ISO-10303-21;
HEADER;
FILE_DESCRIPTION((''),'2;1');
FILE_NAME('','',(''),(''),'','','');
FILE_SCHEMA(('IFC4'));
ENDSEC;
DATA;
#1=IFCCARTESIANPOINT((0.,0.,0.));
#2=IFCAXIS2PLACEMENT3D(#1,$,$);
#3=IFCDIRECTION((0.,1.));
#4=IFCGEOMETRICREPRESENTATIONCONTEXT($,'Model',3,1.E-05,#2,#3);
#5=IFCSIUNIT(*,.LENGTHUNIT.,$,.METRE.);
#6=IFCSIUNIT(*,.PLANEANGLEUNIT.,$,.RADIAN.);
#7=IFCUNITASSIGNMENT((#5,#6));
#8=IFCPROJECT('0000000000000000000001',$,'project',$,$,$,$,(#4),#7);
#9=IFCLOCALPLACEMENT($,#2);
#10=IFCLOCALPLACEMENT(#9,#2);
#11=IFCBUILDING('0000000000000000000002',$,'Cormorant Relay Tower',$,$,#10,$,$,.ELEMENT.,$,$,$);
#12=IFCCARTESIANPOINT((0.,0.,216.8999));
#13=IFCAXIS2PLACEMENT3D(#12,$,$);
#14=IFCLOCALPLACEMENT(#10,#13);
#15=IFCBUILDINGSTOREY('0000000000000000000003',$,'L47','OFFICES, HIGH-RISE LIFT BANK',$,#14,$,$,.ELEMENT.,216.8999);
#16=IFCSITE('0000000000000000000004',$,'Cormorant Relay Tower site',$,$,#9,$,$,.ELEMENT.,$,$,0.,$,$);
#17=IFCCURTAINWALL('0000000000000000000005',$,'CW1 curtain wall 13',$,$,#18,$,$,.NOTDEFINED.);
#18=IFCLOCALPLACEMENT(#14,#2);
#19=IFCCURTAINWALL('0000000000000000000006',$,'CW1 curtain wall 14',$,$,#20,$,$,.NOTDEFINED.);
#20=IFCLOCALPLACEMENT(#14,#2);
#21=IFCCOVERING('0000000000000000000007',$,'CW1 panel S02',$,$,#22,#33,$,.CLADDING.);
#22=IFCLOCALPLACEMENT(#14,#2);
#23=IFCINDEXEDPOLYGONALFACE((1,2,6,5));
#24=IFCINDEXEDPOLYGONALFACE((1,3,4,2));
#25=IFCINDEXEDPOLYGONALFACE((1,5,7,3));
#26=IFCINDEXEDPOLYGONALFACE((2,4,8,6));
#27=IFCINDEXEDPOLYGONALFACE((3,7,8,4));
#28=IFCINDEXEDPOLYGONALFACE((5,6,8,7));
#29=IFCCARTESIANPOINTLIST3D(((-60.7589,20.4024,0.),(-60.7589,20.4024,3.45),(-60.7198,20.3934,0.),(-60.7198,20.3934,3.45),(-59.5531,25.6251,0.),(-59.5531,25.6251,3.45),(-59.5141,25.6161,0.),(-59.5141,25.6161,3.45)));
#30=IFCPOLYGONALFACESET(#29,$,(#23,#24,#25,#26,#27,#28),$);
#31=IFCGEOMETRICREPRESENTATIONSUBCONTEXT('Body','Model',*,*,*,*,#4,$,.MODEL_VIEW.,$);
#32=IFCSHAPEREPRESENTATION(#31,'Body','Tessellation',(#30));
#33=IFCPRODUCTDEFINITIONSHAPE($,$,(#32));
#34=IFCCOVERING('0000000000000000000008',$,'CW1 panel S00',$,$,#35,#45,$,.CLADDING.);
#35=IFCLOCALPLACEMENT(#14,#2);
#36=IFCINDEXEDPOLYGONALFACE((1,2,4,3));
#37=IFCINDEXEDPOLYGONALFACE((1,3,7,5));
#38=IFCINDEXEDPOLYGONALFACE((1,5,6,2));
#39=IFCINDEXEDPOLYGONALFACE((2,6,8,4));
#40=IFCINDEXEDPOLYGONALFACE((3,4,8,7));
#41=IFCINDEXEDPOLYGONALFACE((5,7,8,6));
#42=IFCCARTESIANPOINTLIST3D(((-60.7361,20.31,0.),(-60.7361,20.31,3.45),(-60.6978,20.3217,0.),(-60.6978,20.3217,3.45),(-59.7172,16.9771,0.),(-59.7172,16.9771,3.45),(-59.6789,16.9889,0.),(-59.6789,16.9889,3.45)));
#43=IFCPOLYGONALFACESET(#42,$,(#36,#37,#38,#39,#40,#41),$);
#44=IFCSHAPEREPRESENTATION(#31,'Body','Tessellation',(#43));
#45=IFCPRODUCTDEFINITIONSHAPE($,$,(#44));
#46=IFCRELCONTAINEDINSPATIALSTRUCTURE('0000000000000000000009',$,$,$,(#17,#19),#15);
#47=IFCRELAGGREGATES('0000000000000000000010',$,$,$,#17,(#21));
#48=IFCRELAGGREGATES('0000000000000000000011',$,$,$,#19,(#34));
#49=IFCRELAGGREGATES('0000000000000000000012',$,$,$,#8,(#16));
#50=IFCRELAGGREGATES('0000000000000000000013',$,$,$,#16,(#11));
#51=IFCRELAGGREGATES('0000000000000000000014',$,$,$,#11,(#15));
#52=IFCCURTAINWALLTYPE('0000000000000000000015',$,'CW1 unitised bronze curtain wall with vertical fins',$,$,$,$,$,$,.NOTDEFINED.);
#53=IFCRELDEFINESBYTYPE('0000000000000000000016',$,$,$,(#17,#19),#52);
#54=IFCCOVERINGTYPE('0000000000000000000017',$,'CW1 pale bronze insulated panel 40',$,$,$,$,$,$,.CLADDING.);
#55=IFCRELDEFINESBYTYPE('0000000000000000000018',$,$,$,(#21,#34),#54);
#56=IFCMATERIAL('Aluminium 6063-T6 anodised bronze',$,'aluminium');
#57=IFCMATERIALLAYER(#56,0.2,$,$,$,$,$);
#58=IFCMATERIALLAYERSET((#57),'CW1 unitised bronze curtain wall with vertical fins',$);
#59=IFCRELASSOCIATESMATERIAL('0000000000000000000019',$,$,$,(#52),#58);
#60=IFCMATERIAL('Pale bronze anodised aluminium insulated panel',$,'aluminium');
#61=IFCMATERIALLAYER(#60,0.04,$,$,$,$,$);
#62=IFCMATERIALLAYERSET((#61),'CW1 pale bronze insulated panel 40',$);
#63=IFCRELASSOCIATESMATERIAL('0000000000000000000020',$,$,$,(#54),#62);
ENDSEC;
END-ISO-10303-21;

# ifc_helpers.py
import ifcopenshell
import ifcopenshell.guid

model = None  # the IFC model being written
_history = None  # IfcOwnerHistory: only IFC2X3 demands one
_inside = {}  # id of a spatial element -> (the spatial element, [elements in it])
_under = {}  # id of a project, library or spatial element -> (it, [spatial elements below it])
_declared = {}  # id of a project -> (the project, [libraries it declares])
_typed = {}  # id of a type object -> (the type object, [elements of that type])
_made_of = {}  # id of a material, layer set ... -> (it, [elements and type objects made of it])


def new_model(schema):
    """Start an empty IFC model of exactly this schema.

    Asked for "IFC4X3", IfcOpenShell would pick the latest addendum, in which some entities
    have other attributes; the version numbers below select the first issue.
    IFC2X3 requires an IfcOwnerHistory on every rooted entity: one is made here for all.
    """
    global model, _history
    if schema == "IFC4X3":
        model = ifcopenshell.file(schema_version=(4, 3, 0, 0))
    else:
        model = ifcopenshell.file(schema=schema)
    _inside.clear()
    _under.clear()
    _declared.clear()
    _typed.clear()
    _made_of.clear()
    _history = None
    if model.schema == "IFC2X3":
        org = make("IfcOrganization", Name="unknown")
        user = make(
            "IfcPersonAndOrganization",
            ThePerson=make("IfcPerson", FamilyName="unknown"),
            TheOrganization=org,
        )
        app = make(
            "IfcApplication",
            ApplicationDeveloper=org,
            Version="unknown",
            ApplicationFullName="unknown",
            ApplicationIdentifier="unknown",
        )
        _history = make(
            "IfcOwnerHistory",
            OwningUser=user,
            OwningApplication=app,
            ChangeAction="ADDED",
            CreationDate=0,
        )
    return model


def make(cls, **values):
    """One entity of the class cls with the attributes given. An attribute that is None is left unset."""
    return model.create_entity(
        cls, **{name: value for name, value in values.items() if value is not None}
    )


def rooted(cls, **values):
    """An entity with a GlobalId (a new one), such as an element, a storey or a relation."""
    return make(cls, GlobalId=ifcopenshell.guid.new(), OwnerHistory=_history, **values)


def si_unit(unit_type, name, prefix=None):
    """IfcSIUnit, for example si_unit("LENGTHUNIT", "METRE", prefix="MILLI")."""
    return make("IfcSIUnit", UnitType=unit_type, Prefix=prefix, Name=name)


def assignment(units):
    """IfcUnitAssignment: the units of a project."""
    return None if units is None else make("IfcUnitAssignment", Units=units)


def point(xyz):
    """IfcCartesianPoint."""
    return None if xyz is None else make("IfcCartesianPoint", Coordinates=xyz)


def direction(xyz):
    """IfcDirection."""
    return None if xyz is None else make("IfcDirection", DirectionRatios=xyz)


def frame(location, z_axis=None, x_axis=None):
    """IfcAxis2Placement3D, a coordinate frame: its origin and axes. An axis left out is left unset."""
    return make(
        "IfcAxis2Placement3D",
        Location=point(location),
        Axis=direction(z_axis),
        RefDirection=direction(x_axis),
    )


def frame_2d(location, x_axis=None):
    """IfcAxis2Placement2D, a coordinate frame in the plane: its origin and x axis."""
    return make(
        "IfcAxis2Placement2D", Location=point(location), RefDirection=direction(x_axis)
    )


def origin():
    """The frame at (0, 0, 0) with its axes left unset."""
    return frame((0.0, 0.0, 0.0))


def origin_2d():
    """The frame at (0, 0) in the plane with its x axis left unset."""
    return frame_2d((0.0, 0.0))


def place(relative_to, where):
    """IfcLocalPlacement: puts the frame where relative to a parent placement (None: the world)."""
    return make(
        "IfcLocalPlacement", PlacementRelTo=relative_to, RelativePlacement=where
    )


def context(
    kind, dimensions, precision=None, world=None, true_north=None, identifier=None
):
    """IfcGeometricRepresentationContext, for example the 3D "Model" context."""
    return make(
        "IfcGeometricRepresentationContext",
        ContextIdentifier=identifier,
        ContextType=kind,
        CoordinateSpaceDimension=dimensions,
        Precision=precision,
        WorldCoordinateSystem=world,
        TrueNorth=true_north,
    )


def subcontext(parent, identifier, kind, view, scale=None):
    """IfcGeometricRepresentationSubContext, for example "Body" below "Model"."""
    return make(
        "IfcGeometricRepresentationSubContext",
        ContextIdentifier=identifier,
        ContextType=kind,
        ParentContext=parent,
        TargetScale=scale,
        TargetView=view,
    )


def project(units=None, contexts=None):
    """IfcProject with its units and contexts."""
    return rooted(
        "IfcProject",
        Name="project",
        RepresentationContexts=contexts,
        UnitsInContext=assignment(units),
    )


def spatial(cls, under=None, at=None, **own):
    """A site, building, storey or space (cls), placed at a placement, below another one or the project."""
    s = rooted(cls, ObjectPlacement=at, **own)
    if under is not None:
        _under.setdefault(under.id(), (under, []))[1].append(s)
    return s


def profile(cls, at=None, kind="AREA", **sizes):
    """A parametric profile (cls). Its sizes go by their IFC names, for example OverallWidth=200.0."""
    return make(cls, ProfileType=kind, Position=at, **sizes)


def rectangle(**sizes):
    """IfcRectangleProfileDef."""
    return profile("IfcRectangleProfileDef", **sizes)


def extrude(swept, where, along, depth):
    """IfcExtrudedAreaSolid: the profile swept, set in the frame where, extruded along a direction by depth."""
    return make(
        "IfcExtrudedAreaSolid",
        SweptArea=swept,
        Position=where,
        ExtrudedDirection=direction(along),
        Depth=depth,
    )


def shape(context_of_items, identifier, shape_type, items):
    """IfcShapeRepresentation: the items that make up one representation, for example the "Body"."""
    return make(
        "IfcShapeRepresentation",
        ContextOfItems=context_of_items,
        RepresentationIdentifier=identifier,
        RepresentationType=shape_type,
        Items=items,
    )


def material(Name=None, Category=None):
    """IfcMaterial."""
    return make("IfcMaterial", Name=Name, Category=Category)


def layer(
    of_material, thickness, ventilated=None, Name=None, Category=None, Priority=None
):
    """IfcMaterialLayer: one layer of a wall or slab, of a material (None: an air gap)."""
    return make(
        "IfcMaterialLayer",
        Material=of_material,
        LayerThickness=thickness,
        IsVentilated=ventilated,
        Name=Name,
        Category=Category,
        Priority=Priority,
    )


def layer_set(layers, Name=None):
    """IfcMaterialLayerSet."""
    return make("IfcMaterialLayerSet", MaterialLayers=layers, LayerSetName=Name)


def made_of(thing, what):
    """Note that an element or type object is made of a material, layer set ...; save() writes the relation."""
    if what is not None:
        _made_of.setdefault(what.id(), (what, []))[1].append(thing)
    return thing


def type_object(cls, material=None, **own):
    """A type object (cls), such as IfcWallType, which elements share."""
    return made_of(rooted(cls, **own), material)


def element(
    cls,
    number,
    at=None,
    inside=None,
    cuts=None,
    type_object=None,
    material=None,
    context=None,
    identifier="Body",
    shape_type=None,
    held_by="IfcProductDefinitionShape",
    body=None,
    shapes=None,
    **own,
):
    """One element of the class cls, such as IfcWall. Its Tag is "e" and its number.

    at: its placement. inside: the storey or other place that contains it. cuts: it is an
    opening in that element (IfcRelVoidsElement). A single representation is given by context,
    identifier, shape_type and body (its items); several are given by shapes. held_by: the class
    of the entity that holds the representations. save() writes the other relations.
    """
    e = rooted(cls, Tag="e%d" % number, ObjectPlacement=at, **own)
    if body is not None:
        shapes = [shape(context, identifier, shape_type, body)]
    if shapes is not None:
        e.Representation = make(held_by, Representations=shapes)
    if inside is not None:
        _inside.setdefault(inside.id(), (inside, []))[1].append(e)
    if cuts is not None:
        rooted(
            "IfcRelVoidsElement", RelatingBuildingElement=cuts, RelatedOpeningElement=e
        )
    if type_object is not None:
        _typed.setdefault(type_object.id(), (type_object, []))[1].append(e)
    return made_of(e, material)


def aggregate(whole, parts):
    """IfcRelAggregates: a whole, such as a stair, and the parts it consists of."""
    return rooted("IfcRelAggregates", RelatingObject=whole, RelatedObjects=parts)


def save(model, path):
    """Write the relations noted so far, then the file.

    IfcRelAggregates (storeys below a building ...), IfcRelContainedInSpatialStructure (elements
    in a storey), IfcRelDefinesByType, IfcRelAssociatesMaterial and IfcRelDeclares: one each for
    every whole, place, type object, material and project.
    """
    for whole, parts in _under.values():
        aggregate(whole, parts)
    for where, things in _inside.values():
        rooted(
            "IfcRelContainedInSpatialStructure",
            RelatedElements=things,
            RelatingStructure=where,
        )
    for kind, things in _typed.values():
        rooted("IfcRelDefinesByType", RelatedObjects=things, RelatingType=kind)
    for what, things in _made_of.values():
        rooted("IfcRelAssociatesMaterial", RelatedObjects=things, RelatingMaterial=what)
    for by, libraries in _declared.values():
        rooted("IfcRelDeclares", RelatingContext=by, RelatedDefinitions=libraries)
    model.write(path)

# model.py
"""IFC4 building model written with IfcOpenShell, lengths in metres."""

from ifc_helpers import new_model, si_unit, direction, frame, origin, origin_2d, place, context, subcontext, project, spatial, rectangle, extrude, material, layer, layer_set, type_object, element, aggregate, save


model = new_model("IFC4")

# Units and contexts
model_context = context("Model", 3, precision=1e-05, world=origin(), true_north=direction((0.0, 1.0)))
body_context = subcontext(model_context, "Body", "Model", "MODEL_VIEW")
ifc_project = project(units=[si_unit("LENGTHUNIT", "METRE"), si_unit("PLANEANGLEUNIT", "RADIAN")], contexts=[model_context])

# Site, building, storey
site_placement = place(None, origin())
site = spatial("IfcSite", under=ifc_project, at=site_placement, Name="Cormorant Relay Tower site", CompositionType="ELEMENT", RefElevation=0.0)
building_placement = place(site_placement, origin())
building = spatial("IfcBuilding", under=site, at=building_placement, Name="Cormorant Relay Tower", CompositionType="ELEMENT")
storey_placement = place(building_placement, frame((0.0, 0.0, 216.8999)))
storey = spatial("IfcBuildingStorey", under=building, at=storey_placement, Name="L47", Description="OFFICES, HIGH-RISE LIFT BANK", CompositionType="ELEMENT", Elevation=216.8999)

# Curtain walls
ifc_material_1 = material(Name="Aluminium 6063-T6 anodised bronze", Category="aluminium")
ifc_layer_1 = layer(ifc_material_1, 0.2)
ifc_layer_set_1 = layer_set([ifc_layer_1], Name="CW1 unitised bronze curtain wall with vertical fins")
curtain_wall_type = type_object("IfcCurtainWallType", Name="CW1 unitised bronze curtain wall with vertical fins", PredefinedType="NOTDEFINED", material=ifc_layer_set_1)
curtain_wall_1_placement = place(storey_placement, origin())
curtain_wall_1 = element("IfcCurtainWall", 1, at=curtain_wall_1_placement, inside=storey, type_object=curtain_wall_type, Name="CW1 curtain wall 13", PredefinedType="NOTDEFINED")
curtain_wall_2_placement = place(storey_placement, origin())
curtain_wall_2 = element("IfcCurtainWall", 2, at=curtain_wall_2_placement, inside=storey, type_object=curtain_wall_type, Name="CW1 curtain wall 14", PredefinedType="NOTDEFINED")

# Coverings
ifc_material_2 = material(Name="Pale bronze anodised aluminium insulated panel", Category="aluminium")
ifc_layer_2 = layer(ifc_material_2, 0.04)
ifc_layer_set_2 = layer_set([ifc_layer_2], Name="CW1 pale bronze insulated panel 40")
covering_type = type_object("IfcCoveringType", Name="CW1 pale bronze insulated panel 40", PredefinedType="CLADDING", material=ifc_layer_set_2)
covering_1_placement = place(storey_placement, frame((-60.1365, 23.0093, 0.0), z_axis=(0.0, 0.0, 1.0), x_axis=(-0.224951, -0.97437, 0.0)))
covering_1 = element("IfcCovering", 3, at=covering_1_placement, type_object=covering_type, Name="CW1 panel S02", PredefinedType="CLADDING", context=body_context, shape_type="SweptSolid", body=[
    extrude(rectangle(XDim=5.3601, YDim=0.04, at=origin_2d()), origin(), (0.0, 0.0, 1.0), 3.45),
])
aggregate(curtain_wall_1, [covering_1])
covering_2_placement = place(storey_placement, frame((-60.2075, 18.6494, 0.0), z_axis=(0.0, 0.0, 1.0), x_axis=(0.292372, -0.956305, 0.0)))
covering_2 = element("IfcCovering", 4, at=covering_2_placement, type_object=covering_type, Name="CW1 panel S00", PredefinedType="CLADDING", context=body_context, shape_type="SweptSolid", body=[
    extrude(rectangle(XDim=3.4851, YDim=0.04, at=origin_2d()), origin(), (0.0, 0.0, 1.0), 3.45),
])
aggregate(curtain_wall_2, [covering_2])

save(model, "model.ifc")
